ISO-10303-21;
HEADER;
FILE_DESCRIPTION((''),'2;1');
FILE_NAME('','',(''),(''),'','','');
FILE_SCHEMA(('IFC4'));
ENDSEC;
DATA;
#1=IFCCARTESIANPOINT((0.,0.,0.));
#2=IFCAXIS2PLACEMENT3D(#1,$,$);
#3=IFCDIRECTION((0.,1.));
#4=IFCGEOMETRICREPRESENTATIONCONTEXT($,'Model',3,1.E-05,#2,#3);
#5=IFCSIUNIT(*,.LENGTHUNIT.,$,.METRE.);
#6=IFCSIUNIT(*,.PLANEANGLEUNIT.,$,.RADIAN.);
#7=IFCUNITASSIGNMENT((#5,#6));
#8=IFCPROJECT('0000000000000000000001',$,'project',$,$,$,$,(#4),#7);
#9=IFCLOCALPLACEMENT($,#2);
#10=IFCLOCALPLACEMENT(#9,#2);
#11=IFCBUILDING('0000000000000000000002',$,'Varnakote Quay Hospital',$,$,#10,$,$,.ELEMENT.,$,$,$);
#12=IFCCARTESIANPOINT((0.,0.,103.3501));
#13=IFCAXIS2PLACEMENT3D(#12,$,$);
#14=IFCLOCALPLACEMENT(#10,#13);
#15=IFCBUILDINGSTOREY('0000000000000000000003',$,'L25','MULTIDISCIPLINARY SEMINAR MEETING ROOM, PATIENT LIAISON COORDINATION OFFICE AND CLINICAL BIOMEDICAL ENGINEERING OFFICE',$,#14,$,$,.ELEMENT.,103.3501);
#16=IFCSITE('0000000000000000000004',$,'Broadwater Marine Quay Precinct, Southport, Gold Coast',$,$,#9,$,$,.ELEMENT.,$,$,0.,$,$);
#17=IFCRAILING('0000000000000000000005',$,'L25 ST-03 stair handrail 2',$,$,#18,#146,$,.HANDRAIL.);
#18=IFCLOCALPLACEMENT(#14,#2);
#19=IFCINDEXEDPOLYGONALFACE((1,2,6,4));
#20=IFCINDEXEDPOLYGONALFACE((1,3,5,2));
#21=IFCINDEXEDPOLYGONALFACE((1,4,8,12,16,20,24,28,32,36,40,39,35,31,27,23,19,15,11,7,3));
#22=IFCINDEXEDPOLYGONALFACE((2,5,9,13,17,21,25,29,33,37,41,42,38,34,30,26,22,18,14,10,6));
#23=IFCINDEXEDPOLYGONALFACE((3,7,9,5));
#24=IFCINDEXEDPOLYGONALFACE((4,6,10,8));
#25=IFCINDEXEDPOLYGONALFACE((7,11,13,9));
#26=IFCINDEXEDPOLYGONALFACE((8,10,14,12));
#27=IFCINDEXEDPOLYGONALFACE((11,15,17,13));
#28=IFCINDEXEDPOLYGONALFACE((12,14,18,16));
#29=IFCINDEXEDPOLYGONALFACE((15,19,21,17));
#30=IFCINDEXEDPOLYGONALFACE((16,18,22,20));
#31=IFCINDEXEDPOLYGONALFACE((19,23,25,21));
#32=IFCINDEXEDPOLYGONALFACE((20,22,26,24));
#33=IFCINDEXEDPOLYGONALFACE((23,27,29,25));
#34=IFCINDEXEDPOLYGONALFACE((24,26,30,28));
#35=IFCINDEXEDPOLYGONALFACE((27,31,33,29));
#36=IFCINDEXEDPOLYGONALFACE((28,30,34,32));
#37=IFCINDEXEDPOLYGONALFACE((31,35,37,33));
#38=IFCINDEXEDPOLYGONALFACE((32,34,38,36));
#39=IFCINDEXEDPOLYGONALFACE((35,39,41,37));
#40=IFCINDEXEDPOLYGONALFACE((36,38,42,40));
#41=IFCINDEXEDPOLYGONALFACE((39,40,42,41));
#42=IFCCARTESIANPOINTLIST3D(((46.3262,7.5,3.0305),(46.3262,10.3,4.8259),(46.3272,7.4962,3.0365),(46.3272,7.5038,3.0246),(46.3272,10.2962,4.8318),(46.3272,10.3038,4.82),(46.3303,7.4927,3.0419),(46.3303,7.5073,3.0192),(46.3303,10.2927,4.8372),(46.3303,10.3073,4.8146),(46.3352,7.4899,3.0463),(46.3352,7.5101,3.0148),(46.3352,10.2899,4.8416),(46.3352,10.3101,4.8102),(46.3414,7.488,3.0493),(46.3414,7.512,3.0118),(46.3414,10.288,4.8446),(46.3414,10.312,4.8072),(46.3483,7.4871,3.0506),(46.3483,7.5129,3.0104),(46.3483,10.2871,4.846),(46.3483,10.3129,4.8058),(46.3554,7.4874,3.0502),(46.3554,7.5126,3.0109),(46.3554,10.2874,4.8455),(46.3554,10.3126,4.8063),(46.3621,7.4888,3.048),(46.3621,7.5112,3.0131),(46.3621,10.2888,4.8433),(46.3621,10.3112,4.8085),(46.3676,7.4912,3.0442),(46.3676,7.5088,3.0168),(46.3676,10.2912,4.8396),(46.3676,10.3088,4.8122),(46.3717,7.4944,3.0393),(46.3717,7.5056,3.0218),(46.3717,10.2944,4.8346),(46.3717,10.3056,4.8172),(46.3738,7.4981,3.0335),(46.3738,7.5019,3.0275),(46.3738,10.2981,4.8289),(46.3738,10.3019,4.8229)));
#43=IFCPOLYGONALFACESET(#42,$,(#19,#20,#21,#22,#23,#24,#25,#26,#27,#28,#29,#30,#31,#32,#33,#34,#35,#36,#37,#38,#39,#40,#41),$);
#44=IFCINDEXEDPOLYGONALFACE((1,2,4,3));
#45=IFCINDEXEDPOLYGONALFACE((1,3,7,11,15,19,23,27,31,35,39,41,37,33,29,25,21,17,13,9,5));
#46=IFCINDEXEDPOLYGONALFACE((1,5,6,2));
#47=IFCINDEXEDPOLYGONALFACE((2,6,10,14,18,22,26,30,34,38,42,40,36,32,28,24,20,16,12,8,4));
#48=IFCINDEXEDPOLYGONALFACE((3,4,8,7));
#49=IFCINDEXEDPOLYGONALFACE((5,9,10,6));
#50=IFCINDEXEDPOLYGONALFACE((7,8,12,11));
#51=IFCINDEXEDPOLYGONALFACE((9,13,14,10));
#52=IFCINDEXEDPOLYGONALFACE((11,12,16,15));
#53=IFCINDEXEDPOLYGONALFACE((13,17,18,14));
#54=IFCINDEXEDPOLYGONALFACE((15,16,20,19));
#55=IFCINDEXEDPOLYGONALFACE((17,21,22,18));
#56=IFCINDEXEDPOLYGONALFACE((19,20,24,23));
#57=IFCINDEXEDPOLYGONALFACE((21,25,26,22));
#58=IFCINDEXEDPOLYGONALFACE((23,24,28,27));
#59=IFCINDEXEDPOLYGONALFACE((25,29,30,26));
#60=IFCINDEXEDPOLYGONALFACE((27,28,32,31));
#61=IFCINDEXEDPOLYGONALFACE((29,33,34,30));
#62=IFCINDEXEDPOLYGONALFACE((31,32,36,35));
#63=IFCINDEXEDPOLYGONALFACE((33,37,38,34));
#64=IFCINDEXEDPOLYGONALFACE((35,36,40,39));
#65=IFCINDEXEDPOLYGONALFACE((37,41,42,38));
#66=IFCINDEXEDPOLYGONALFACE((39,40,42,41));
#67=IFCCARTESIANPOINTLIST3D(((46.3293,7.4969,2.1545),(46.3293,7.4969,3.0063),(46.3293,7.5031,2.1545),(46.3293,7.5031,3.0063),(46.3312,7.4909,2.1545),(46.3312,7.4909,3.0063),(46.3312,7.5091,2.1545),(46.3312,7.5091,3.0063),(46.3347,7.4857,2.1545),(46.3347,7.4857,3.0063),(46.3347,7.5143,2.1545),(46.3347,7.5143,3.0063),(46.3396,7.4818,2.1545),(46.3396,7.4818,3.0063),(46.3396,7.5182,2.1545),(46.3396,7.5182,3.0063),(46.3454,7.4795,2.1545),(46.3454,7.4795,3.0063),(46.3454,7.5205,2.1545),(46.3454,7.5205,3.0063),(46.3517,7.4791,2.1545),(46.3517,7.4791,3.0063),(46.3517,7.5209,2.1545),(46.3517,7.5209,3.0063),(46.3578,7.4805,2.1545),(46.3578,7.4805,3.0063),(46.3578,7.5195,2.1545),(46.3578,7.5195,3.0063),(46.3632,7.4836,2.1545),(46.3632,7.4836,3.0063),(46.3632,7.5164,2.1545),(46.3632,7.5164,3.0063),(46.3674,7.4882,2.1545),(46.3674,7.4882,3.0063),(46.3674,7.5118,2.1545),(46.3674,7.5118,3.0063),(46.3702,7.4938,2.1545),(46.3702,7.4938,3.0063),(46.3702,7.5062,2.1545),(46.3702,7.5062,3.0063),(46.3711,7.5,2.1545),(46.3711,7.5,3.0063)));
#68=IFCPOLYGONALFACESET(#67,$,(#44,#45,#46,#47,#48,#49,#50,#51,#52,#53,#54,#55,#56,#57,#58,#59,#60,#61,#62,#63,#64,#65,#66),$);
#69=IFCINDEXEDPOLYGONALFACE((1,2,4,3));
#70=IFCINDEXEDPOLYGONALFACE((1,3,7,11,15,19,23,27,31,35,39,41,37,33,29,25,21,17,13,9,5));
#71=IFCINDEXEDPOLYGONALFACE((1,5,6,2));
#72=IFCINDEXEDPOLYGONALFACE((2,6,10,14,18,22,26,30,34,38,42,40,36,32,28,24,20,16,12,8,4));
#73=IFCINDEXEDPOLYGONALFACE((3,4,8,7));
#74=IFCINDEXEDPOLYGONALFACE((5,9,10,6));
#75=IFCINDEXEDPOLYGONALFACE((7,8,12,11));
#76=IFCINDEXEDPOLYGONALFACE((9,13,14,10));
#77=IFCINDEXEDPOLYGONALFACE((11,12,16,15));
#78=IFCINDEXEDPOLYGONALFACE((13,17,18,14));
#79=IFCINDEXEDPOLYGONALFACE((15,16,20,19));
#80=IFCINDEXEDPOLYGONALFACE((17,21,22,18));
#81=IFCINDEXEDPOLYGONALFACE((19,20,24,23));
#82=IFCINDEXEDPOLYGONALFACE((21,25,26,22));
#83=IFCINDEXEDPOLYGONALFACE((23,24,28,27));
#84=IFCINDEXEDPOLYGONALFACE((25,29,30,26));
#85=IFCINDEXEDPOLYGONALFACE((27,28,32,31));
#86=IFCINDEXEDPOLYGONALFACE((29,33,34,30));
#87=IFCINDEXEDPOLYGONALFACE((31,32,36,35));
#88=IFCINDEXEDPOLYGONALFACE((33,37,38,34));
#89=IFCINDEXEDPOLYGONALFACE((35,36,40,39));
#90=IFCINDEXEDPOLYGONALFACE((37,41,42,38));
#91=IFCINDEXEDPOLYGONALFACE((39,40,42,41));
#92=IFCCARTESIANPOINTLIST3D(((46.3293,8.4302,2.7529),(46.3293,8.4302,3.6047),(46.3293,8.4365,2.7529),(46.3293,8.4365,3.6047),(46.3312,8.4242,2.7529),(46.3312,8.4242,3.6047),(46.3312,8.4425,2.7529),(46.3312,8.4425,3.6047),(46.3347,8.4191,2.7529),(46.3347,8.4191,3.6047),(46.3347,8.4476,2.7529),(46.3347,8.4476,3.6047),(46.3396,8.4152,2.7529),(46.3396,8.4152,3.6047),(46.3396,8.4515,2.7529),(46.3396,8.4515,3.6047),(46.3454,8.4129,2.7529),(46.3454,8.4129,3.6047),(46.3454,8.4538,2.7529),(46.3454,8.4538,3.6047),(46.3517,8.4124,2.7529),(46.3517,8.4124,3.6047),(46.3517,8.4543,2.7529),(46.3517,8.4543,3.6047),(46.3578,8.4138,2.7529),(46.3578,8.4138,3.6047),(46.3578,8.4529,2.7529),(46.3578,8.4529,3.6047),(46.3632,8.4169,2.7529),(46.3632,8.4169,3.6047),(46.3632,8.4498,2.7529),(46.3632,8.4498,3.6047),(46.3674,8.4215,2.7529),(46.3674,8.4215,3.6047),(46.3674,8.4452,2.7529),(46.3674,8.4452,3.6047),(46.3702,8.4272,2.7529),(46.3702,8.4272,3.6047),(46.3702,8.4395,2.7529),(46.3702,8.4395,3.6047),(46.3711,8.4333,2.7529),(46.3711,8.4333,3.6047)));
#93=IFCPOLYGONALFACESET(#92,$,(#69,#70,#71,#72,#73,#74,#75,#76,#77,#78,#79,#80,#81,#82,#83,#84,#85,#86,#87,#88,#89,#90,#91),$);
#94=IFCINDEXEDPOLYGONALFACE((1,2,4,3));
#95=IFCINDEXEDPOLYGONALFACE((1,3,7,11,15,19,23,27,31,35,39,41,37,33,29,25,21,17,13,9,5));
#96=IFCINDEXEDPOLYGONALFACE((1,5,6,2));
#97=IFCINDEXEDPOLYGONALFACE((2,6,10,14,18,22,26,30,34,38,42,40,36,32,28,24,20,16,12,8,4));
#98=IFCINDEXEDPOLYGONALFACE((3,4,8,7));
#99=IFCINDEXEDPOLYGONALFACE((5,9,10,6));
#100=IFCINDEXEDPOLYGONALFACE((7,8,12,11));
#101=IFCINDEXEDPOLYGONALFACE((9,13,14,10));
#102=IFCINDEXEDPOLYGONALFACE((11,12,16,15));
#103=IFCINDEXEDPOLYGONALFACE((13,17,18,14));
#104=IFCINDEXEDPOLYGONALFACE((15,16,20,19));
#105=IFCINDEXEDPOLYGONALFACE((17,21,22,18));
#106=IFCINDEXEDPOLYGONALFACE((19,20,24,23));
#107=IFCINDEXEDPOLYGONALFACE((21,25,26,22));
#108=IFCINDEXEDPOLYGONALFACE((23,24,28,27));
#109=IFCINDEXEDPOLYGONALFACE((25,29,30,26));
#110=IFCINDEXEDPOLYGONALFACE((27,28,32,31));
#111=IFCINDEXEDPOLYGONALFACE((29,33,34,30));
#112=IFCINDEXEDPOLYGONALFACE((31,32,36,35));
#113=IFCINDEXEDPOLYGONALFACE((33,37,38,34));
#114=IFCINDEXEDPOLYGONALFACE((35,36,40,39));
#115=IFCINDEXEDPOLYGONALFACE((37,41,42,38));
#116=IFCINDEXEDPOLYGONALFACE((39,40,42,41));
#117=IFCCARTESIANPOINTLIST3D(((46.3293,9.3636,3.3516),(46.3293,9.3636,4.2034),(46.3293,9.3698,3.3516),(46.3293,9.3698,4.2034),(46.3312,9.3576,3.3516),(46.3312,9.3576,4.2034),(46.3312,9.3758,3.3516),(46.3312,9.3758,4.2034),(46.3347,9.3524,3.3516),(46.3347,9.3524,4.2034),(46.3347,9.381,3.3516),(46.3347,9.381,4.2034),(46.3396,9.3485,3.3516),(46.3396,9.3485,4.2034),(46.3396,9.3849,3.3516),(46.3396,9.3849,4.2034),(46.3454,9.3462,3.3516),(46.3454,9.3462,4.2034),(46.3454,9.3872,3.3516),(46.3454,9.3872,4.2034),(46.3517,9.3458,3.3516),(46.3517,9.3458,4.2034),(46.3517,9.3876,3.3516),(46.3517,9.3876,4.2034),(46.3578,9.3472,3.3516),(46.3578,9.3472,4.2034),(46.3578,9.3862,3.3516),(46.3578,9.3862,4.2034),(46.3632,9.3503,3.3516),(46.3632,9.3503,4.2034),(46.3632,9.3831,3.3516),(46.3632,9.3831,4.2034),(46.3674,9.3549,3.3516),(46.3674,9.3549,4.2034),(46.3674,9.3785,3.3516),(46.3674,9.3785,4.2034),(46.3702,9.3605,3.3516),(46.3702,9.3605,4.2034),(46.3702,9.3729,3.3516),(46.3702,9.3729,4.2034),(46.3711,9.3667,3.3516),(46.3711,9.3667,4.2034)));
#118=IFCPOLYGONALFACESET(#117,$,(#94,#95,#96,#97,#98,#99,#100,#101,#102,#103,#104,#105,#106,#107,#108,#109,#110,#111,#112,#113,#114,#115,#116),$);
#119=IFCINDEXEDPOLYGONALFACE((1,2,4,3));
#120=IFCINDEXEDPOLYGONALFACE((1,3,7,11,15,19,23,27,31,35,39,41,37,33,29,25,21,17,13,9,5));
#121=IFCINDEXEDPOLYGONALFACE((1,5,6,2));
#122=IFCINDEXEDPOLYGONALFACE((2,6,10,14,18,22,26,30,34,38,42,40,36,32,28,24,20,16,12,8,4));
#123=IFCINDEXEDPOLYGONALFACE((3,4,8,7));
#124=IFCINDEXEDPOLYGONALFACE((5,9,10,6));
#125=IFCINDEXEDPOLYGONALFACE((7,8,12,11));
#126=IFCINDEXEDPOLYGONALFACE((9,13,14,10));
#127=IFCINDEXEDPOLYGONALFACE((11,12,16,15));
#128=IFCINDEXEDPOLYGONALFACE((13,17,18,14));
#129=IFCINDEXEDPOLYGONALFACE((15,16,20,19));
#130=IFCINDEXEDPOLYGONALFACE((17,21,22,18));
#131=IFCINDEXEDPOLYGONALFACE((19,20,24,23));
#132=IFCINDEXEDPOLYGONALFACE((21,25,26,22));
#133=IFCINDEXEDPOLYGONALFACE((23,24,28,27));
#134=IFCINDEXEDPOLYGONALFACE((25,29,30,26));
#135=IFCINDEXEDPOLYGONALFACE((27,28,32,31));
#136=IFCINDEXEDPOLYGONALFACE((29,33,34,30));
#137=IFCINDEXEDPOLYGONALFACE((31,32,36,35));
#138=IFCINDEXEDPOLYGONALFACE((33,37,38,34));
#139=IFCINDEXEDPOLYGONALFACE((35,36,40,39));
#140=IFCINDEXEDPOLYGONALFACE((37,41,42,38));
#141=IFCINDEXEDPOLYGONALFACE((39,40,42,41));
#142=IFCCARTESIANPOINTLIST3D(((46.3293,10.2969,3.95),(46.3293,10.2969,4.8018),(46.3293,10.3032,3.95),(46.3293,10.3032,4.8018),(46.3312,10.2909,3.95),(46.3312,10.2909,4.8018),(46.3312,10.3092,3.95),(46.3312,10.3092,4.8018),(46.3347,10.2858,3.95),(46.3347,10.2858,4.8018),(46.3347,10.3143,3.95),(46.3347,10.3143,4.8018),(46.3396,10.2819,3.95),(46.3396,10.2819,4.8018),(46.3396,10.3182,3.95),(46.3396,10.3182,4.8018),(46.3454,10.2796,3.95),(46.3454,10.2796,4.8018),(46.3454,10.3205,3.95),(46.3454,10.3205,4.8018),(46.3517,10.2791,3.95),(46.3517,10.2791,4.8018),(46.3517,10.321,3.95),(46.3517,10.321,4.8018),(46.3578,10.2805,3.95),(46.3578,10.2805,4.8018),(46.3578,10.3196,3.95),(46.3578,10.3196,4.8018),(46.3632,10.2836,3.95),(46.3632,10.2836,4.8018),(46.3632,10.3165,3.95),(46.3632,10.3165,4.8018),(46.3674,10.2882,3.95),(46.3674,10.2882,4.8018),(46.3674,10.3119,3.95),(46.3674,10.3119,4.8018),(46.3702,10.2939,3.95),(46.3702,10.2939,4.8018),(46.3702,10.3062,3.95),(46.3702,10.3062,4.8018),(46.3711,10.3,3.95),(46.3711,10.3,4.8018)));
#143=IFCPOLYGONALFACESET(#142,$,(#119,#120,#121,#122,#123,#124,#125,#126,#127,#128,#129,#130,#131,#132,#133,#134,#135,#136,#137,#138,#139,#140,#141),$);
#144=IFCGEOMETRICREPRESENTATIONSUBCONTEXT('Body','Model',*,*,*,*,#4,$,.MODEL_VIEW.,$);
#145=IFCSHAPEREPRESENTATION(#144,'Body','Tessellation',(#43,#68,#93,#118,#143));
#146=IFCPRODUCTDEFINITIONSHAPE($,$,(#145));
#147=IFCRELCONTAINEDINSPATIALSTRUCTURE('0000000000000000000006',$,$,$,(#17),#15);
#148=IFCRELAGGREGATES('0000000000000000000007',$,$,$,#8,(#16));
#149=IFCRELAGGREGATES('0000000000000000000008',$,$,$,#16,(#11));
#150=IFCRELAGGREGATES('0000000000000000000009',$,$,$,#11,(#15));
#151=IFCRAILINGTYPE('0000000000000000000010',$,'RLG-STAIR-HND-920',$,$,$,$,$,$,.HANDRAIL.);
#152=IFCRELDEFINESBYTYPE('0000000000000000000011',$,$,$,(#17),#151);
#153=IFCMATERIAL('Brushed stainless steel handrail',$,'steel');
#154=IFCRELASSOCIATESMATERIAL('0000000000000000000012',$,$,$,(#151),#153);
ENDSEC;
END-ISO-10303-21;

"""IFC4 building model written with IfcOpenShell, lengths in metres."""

from ifc_helpers import new_model, si_unit, direction, frame, origin, origin_2d, place, context, subcontext, project, spatial, circle, extrude, material, type_object, element, save


model = new_model("IFC4")

# Units and contexts
model_context = context("Model", 3, precision=1e-05, world=origin(), true_north=direction((0.0, 1.0)))
body_context = subcontext(model_context, "Body", "Model", "MODEL_VIEW")
ifc_project = project(units=[si_unit("LENGTHUNIT", "METRE"), si_unit("PLANEANGLEUNIT", "RADIAN")], contexts=[model_context])

# Site, building, storey
site_placement = place(None, origin())
site = spatial("IfcSite", under=ifc_project, at=site_placement, Name="Broadwater Marine Quay Precinct, Southport, Gold Coast", CompositionType="ELEMENT", RefElevation=0.0)
building_placement = place(site_placement, origin())
building = spatial("IfcBuilding", under=site, at=building_placement, Name="Varnakote Quay Hospital", CompositionType="ELEMENT")
storey_placement = place(building_placement, frame((0.0, 0.0, 103.3501)))
storey = spatial("IfcBuildingStorey", under=building, at=storey_placement, Name="L25", Description="MULTIDISCIPLINARY SEMINAR MEETING ROOM, PATIENT LIAISON COORDINATION OFFICE AND CLINICAL BIOMEDICAL ENGINEERING OFFICE", CompositionType="ELEMENT", Elevation=103.3501)

# Railing
ifc_material_1 = material(Name="Brushed stainless steel handrail", Category="steel")
railing_type_1 = type_object("IfcRailingType", Name="RLG-STAIR-HND-920", PredefinedType="HANDRAIL", material=ifc_material_1)
railing_1_placement = place(storey_placement, frame((46.3501, 7.5, 2.1545)))
element("IfcRailing", 1, at=railing_1_placement, inside=storey, type_object=railing_type_1, Name="L25 ST-03 stair handrail 2", PredefinedType="HANDRAIL", context=body_context, shape_type="SweptSolid", body=[
    extrude(circle(Radius=0.0239, at=origin_2d()), frame((0.0, 0.0, 0.876), z_axis=(0.0, 0.84181, 0.539774), x_axis=(-1.0, 0.0, 0.0)), (0.0, 0.0, 1.0), 3.3262),
    extrude(circle(Radius=0.021, at=origin_2d()), origin(), (0.0, 0.0, 1.0), 0.8518),
    extrude(circle(Radius=0.021, at=origin_2d()), frame((0.0, 0.9333, 0.5984)), (0.0, 0.0, 1.0), 0.8518),
    extrude(circle(Radius=0.021, at=origin_2d()), frame((0.0, 1.8667, 1.197)), (0.0, 0.0, 1.0), 0.8518),
    extrude(circle(Radius=0.021, at=origin_2d()), frame((0.0, 2.8, 1.7954)), (0.0, 0.0, 1.0), 0.8518),
])

save(model, "model.ifc")
